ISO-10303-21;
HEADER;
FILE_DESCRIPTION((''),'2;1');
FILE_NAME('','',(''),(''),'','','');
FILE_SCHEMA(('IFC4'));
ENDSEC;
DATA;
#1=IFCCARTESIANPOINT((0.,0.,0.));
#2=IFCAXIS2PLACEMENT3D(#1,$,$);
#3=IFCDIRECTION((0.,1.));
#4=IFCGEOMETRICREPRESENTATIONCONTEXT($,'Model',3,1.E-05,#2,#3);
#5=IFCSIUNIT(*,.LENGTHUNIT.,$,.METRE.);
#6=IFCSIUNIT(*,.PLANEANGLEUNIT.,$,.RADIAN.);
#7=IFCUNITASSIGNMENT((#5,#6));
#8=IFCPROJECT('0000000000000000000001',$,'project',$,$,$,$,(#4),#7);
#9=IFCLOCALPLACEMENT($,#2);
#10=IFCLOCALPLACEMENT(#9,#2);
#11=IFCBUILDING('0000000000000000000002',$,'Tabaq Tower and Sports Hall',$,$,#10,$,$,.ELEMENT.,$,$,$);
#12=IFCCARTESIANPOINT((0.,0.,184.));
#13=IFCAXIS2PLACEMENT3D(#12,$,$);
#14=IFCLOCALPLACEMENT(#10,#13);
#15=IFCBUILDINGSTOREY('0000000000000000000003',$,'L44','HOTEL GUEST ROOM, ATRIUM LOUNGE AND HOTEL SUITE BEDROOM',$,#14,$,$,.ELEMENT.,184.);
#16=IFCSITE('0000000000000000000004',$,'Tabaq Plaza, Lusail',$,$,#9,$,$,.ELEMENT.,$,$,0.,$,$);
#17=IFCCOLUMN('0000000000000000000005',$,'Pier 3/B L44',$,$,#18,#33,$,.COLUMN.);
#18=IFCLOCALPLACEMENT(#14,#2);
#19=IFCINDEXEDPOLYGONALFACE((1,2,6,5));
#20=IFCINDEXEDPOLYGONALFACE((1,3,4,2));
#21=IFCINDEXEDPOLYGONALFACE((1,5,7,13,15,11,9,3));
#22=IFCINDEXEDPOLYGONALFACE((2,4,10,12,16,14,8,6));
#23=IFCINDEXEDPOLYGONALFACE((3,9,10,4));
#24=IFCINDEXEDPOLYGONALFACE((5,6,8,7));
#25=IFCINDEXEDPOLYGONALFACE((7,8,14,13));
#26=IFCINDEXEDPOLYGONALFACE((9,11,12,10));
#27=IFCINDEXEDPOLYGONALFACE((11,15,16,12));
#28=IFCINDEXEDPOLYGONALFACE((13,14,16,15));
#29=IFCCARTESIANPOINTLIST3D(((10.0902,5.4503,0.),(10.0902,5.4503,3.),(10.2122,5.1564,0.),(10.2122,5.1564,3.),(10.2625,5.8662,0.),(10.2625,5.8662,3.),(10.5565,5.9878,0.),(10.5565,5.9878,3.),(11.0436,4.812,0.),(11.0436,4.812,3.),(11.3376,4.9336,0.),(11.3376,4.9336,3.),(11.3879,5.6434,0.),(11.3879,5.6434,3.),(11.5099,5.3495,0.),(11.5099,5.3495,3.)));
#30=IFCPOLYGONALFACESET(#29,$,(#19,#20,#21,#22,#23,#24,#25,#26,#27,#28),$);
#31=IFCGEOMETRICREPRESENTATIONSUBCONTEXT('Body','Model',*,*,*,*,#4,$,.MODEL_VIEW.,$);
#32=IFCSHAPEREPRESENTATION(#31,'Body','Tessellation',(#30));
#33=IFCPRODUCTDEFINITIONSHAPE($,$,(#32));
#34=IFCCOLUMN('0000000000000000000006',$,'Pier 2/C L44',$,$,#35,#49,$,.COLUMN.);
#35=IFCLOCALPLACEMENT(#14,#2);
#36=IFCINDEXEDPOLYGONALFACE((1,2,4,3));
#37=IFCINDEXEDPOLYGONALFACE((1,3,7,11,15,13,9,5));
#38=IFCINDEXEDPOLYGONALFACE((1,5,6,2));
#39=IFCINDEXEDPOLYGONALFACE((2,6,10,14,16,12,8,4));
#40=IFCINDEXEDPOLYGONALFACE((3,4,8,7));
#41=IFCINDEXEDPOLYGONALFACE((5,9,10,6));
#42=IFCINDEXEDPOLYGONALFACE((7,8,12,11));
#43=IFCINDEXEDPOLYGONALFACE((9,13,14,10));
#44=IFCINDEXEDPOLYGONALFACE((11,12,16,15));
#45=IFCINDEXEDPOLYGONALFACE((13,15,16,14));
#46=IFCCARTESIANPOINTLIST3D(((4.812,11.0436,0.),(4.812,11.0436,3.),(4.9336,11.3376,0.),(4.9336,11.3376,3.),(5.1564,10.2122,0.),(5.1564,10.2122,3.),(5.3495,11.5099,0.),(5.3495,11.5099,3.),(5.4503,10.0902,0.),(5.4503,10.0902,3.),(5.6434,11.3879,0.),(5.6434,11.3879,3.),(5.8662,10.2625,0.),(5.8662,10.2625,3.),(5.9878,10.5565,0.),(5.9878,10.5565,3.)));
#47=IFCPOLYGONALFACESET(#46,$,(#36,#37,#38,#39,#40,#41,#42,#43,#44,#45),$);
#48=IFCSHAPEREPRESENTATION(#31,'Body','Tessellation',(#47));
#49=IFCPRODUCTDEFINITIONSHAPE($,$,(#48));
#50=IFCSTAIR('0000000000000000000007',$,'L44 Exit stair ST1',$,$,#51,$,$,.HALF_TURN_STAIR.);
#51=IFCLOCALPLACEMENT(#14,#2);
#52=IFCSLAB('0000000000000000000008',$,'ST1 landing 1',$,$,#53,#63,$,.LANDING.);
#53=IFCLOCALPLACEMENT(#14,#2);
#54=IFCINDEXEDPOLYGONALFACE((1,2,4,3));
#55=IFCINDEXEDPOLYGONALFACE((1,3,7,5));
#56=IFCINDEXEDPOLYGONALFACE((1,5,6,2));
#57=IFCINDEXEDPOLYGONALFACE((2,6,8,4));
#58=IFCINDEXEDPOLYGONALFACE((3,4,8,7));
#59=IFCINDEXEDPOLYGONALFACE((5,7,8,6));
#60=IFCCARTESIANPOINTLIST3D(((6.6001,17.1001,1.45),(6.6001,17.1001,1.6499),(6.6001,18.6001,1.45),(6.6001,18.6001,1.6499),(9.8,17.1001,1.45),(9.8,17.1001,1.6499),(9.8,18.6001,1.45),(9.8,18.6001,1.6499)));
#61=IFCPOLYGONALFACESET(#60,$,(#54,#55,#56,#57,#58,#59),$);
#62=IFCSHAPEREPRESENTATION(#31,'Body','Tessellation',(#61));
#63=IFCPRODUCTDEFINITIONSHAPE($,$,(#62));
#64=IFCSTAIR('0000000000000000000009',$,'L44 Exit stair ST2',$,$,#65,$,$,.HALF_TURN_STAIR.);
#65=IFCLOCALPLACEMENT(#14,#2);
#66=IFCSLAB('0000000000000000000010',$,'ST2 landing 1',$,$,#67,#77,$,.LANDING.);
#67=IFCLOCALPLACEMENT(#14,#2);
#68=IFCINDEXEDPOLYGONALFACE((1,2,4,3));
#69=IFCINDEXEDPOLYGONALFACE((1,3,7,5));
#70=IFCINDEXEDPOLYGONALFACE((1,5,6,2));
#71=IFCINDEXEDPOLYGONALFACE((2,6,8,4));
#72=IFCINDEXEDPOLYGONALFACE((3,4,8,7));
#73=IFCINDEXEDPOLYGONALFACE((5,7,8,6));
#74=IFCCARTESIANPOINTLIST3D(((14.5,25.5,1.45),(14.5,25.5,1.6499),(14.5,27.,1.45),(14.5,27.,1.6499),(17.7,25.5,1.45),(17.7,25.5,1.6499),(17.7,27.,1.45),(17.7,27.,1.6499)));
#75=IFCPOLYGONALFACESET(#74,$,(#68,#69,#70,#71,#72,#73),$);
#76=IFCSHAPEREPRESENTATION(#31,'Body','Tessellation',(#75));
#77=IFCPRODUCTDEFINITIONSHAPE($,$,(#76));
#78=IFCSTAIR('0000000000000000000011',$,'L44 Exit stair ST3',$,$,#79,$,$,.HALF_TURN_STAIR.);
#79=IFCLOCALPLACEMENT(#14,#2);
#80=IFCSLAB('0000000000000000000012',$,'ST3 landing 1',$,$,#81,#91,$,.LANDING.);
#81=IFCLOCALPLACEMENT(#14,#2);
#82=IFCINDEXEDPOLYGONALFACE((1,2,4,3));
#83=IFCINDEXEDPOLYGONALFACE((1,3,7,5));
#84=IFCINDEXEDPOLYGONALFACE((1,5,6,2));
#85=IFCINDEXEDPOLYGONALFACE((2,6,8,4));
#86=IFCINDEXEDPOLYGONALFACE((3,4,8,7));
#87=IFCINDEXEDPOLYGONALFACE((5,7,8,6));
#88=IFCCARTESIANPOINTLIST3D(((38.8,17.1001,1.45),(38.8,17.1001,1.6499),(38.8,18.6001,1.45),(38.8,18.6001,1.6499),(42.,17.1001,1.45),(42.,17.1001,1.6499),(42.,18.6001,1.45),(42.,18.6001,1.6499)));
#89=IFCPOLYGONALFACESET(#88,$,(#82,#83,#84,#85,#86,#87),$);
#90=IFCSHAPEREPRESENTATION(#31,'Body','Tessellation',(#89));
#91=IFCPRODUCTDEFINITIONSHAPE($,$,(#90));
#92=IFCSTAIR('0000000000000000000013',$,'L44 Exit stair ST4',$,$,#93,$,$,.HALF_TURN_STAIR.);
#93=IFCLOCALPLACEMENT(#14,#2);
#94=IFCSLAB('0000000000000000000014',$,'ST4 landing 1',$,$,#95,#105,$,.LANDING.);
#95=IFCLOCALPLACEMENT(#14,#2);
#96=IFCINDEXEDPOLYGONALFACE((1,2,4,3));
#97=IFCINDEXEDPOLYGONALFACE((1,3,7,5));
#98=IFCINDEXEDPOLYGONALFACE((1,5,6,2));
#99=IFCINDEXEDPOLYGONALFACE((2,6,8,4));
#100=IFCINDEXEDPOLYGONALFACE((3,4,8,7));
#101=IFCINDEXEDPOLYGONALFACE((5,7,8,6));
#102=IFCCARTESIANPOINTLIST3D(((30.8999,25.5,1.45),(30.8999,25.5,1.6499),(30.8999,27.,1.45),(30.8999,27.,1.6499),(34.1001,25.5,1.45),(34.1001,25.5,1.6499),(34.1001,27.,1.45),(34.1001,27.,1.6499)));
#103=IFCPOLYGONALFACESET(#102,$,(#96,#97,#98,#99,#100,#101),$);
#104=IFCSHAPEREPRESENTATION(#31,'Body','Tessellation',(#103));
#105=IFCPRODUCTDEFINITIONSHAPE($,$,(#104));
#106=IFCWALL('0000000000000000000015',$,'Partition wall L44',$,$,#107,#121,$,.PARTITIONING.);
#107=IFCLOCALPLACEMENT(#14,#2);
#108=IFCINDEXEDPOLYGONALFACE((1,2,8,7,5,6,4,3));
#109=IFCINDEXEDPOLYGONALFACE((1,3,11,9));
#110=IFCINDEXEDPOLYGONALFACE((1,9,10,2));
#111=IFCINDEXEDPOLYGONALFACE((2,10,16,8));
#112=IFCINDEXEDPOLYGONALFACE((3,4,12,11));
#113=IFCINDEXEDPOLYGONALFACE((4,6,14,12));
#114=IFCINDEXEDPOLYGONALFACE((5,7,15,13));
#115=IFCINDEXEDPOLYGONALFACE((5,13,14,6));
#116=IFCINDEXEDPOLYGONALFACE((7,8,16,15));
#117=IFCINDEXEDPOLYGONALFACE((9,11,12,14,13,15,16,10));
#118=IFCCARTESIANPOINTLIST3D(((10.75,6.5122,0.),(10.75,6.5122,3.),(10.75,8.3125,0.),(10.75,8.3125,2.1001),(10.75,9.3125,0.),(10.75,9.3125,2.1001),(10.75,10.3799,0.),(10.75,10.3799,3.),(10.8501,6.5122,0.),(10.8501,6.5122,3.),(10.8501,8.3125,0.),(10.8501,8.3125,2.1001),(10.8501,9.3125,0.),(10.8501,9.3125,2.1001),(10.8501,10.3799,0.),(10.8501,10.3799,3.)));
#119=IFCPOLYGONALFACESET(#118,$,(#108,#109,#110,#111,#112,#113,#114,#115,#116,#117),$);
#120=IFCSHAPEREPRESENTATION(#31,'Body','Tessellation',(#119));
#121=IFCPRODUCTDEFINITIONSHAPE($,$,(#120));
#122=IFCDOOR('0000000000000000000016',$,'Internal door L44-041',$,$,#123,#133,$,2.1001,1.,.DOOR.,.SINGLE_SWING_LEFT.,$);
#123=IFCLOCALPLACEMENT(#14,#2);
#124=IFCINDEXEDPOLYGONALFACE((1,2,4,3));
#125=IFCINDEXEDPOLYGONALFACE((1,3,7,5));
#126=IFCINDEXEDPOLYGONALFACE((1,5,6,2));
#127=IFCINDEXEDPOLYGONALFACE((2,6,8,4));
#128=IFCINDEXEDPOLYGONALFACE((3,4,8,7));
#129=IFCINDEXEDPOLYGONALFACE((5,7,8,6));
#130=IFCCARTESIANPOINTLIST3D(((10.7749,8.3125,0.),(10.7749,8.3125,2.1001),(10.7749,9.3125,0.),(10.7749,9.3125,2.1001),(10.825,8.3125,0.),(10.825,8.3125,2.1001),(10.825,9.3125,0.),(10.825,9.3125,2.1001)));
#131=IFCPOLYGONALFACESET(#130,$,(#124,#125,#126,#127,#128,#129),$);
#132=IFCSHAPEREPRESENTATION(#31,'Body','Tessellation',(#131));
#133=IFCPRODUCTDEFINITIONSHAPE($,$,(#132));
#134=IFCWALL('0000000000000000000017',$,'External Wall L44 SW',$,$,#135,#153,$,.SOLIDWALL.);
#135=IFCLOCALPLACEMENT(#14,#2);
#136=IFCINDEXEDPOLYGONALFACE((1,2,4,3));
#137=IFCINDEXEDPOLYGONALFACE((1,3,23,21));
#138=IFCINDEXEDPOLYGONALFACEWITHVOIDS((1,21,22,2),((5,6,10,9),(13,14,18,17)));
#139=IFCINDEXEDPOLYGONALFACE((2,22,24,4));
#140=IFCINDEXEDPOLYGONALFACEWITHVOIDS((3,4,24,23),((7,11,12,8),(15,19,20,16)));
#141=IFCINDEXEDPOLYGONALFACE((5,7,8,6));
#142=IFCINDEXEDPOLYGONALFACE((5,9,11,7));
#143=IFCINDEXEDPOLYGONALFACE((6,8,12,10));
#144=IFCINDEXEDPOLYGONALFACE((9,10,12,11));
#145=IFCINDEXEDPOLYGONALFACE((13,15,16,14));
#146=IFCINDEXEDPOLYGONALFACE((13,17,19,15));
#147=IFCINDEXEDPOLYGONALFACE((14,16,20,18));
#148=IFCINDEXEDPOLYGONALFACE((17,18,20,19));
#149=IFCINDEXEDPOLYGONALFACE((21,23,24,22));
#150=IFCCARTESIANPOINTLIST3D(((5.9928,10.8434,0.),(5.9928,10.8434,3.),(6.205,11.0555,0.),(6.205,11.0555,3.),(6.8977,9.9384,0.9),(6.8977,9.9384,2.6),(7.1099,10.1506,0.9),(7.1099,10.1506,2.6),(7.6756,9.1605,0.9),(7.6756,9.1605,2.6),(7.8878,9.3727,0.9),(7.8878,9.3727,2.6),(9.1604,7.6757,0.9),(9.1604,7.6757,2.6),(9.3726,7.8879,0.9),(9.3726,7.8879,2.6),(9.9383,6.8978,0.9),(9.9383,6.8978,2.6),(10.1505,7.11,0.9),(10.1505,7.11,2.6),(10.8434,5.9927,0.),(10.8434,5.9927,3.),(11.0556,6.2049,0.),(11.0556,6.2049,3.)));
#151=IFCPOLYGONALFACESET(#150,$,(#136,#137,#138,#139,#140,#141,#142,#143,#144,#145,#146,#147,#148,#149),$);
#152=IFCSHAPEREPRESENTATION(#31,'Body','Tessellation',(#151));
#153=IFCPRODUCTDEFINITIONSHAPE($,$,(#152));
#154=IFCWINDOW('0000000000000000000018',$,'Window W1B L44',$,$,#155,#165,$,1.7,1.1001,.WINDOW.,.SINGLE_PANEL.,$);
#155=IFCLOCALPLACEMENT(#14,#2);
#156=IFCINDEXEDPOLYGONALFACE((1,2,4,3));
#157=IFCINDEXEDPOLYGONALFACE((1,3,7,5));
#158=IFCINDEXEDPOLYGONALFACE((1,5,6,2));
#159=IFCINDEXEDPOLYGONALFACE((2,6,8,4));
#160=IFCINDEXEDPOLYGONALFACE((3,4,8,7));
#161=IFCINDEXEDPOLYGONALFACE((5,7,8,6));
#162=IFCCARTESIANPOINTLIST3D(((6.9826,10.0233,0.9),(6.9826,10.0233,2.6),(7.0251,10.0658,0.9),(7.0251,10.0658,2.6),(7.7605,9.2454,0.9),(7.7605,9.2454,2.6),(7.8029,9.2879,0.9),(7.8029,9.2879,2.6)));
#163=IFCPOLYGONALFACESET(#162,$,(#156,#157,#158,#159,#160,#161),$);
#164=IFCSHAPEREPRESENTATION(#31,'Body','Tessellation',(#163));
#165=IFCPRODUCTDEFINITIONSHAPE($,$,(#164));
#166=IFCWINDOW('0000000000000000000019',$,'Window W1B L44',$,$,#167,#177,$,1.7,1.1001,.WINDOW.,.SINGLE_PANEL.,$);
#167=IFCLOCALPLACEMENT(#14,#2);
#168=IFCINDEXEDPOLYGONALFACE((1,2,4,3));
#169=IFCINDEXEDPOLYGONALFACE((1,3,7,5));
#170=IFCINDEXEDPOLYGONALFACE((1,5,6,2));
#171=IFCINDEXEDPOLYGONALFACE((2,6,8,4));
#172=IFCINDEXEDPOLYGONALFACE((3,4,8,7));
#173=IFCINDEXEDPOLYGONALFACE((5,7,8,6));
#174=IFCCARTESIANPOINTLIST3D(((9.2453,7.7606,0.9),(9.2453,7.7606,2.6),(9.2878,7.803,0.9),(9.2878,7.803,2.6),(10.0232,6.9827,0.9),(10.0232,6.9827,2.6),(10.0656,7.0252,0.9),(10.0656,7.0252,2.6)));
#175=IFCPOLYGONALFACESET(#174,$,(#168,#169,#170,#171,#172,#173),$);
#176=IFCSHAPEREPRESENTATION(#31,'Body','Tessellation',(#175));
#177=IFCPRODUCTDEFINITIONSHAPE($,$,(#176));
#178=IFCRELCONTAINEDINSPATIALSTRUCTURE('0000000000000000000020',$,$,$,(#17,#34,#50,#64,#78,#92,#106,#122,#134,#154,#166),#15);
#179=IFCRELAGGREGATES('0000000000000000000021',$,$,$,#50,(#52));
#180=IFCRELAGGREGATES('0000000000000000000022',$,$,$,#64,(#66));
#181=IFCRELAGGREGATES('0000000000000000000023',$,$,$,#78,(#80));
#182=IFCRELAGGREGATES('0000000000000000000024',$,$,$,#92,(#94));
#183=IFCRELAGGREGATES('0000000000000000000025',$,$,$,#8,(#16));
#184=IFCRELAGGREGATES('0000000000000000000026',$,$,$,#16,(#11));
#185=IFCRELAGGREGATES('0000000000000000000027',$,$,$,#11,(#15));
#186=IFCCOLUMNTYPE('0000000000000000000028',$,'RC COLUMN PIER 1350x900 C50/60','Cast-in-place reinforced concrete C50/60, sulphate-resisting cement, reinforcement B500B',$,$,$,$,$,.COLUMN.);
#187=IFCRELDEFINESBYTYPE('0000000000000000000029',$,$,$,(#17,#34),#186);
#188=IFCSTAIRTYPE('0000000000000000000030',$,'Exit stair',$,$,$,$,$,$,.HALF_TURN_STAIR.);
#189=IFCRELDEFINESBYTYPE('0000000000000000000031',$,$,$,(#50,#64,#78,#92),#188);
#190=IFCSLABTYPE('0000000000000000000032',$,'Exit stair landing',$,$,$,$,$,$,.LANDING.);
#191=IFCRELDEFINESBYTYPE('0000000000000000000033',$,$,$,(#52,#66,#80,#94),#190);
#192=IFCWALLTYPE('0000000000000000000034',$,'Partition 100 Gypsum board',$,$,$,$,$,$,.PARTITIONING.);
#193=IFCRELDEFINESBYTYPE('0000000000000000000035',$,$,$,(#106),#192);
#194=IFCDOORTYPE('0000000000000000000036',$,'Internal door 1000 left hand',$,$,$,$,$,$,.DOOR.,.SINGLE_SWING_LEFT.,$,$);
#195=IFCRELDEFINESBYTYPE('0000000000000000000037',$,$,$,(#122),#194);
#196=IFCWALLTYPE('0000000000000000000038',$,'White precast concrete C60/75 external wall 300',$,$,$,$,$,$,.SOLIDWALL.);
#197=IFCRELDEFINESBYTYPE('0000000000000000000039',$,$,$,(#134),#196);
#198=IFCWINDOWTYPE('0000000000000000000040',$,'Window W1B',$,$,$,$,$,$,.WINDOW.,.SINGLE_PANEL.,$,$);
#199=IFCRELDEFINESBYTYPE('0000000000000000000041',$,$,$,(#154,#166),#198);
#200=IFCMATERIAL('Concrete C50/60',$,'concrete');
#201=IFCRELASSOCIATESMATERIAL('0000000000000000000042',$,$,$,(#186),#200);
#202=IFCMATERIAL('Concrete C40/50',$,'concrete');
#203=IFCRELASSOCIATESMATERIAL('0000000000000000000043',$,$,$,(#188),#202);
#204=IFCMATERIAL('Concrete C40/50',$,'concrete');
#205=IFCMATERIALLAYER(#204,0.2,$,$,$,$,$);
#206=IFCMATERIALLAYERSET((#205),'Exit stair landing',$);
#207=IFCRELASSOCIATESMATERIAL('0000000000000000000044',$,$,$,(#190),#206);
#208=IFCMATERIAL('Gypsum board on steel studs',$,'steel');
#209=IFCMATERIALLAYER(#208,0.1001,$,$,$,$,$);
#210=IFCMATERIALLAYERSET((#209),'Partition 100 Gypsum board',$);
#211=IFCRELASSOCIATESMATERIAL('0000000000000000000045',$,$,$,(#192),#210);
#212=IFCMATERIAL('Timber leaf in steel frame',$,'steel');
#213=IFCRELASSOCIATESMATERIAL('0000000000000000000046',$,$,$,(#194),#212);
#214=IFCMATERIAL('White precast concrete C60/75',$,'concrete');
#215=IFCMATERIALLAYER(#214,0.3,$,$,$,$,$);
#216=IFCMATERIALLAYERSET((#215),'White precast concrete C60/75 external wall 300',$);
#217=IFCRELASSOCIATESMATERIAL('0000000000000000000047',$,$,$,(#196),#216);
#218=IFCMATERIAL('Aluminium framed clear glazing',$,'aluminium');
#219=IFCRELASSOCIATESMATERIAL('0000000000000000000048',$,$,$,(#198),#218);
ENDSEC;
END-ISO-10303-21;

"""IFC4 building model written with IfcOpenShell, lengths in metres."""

from ifc_helpers import new_model, si_unit, direction, frame, frame_2d, origin, place, context, subcontext, project, spatial, polyline, rectangle, outline, extrude, material, layer, layer_set, material_profile, profile_set, type_object, element, fill, aggregate, save


model = new_model("IFC4")

# Units and contexts
model_context = context("Model", 3, precision=1e-05, world=origin(), true_north=direction((0.0, 1.0)))
body_context = subcontext(model_context, "Body", "Model", "MODEL_VIEW")
ifc_project = project(units=[si_unit("LENGTHUNIT", "METRE"), si_unit("PLANEANGLEUNIT", "RADIAN")], contexts=[model_context])

# Site, building, storey
site_placement = place(None, origin())
site = spatial("IfcSite", under=ifc_project, at=site_placement, Name="Tabaq Plaza, Lusail", CompositionType="ELEMENT", RefElevation=0.0)
building_placement = place(site_placement, origin())
building = spatial("IfcBuilding", under=site, at=building_placement, Name="Tabaq Tower and Sports Hall", CompositionType="ELEMENT")
storey_placement = place(building_placement, frame((0.0, 0.0, 184.0)))
storey = spatial("IfcBuildingStorey", under=building, at=storey_placement, Name="L44", Description="HOTEL GUEST ROOM, ATRIUM LOUNGE AND HOTEL SUITE BEDROOM", CompositionType="ELEMENT", Elevation=184.0)

# Columns
ifc_material_1 = material(Name="Concrete C50/60", Category="concrete")
ifc_material_profile = material_profile(ifc_material_1, outline(polyline([(-0.45, -0.45), (0.45, -0.45), (0.675, -0.2251), (0.675, 0.2251), (0.45, 0.45), (-0.45, 0.45), (-0.675, 0.2251), (-0.675, -0.2251), (-0.45, -0.45)])), Name="PIER 1350x900")
ifc_profile_set = profile_set([ifc_material_profile], Name="Concrete C50/60")
column_type = type_object("IfcColumnType", Name="RC COLUMN PIER 1350x900 C50/60", Description="Cast-in-place reinforced concrete C50/60, sulphate-resisting cement, reinforcement B500B", PredefinedType="COLUMN", material=ifc_profile_set)
for number, where, z_axis, x_axis, name in (
    (1, (10.8, 5.3999, 0.0), (0.0, 0.0, 1.0), (-0.92388, 0.382683, 0.0), "Pier 3/B L44"),
    (2, (5.3999, 10.8, 0.0), (0.0, 0.0, 1.0), (-0.382683, 0.92388, 0.0), "Pier 2/C L44"),
):
    element("IfcColumn", number, at=place(storey_placement, frame(where, z_axis=z_axis, x_axis=x_axis)), inside=storey, type_object=column_type, Name=name, PredefinedType="COLUMN", context=body_context, shape_type="SweptSolid", body=[
        extrude(outline(polyline([(-0.45, -0.45), (0.45, -0.45), (0.675, -0.2251), (0.675, 0.2251), (0.45, 0.45), (-0.45, 0.45), (-0.675, 0.2251), (-0.675, -0.2251), (-0.45, -0.45)])), origin(), (0.0, 0.0, 1.0), 3.0),
    ])

# Stairs, slabs
ifc_material_2 = material(Name="Concrete C40/50", Category="concrete")
stair_type = type_object("IfcStairType", Name="Exit stair", PredefinedType="HALF_TURN_STAIR", material=ifc_material_2)
stair_1_placement = place(storey_placement, origin())
stair_1 = element("IfcStair", 3, at=stair_1_placement, inside=storey, type_object=stair_type, Name="L44 Exit stair ST1", PredefinedType="HALF_TURN_STAIR")
ifc_material_3 = material(Name="Concrete C40/50", Category="concrete")
ifc_layer_1 = layer(ifc_material_3, 0.2)
ifc_layer_set_1 = layer_set([ifc_layer_1], Name="Exit stair landing")
slab_type = type_object("IfcSlabType", Name="Exit stair landing", PredefinedType="LANDING", material=ifc_layer_set_1)
slab_1_placement = place(storey_placement, frame((0.0, 0.0, 1.45)))
slab_1 = element("IfcSlab", 4, at=slab_1_placement, type_object=slab_type, Name="ST1 landing 1", PredefinedType="LANDING", context=body_context, shape_type="SweptSolid", body=[
    extrude(outline(polyline([(6.6001, 18.6001), (6.6001, 17.1001), (9.8, 17.1001), (9.8, 18.6001), (6.6001, 18.6001)])), origin(), (0.0, 0.0, 1.0), 0.2),
])
aggregate(stair_1, [slab_1])
stair_2_placement = place(storey_placement, origin())
stair_2 = element("IfcStair", 5, at=stair_2_placement, inside=storey, type_object=stair_type, Name="L44 Exit stair ST2", PredefinedType="HALF_TURN_STAIR")
slab_2_placement = place(storey_placement, frame((0.0, 0.0, 1.45)))
slab_2 = element("IfcSlab", 6, at=slab_2_placement, type_object=slab_type, Name="ST2 landing 1", PredefinedType="LANDING", context=body_context, shape_type="SweptSolid", body=[
    extrude(outline(polyline([(14.5, 27.0), (14.5, 25.5), (17.7, 25.5), (17.7, 27.0), (14.5, 27.0)])), origin(), (0.0, 0.0, 1.0), 0.2),
])
aggregate(stair_2, [slab_2])
stair_3_placement = place(storey_placement, origin())
stair_3 = element("IfcStair", 7, at=stair_3_placement, inside=storey, type_object=stair_type, Name="L44 Exit stair ST3", PredefinedType="HALF_TURN_STAIR")
slab_3_placement = place(storey_placement, frame((0.0, 0.0, 1.45)))
slab_3 = element("IfcSlab", 8, at=slab_3_placement, type_object=slab_type, Name="ST3 landing 1", PredefinedType="LANDING", context=body_context, shape_type="SweptSolid", body=[
    extrude(outline(polyline([(38.8, 18.6001), (38.8, 17.1001), (42.0, 17.1001), (42.0, 18.6001), (38.8, 18.6001)])), origin(), (0.0, 0.0, 1.0), 0.2),
])
aggregate(stair_3, [slab_3])
stair_4_placement = place(storey_placement, origin())
stair_4 = element("IfcStair", 9, at=stair_4_placement, inside=storey, type_object=stair_type, Name="L44 Exit stair ST4", PredefinedType="HALF_TURN_STAIR")
slab_4_placement = place(storey_placement, frame((0.0, 0.0, 1.45)))
slab_4 = element("IfcSlab", 10, at=slab_4_placement, type_object=slab_type, Name="ST4 landing 1", PredefinedType="LANDING", context=body_context, shape_type="SweptSolid", body=[
    extrude(outline(polyline([(30.8999, 27.0), (30.8999, 25.5), (34.1001, 25.5), (34.1001, 27.0), (30.8999, 27.0)])), origin(), (0.0, 0.0, 1.0), 0.2),
])
aggregate(stair_4, [slab_4])

# Wall, opening, door
ifc_material_4 = material(Name="Gypsum board on steel studs", Category="steel")
ifc_layer_2 = layer(ifc_material_4, 0.1001)
ifc_layer_set_2 = layer_set([ifc_layer_2], Name="Partition 100 Gypsum board")
wall_type_1 = type_object("IfcWallType", Name="Partition 100 Gypsum board", PredefinedType="PARTITIONING", material=ifc_layer_set_2)
wall_1_placement = place(storey_placement, frame((10.8, 10.3799, 0.0), z_axis=(0.0, 0.0, 1.0), x_axis=(0.0, -1.0, 0.0)))
wall_1 = element("IfcWall", 11, at=wall_1_placement, inside=storey, type_object=wall_type_1, Name="Partition wall L44", PredefinedType="PARTITIONING", context=body_context, shape_type="SweptSolid", body=[
    extrude(rectangle(XDim=3.8677, YDim=0.1001, at=frame_2d((1.9338, 0.0))), origin(), (0.0, 0.0, 1.0), 3.0),
])
opening_1_placement = place(wall_1_placement, frame((1.0674, 0.0, 0.0)))
opening_1 = element("IfcOpeningElement", 12, at=opening_1_placement, cuts=wall_1, PredefinedType="OPENING", context=body_context, shape_type="SweptSolid", body=[
    extrude(rectangle(XDim=1.0, YDim=2.1001, at=frame_2d((0.5, 1.05))), frame((0.0, 0.05, 0.0), z_axis=(0.0, -1.0, 0.0), x_axis=(1.0, 0.0, 0.0)), (0.0, 0.0, 1.0), 0.1001),
])
ifc_material_5 = material(Name="Timber leaf in steel frame", Category="steel")
door_type = type_object("IfcDoorType", Name="Internal door 1000 left hand", OperationType="SINGLE_SWING_LEFT", PredefinedType="DOOR", material=ifc_material_5)
door_placement = place(opening_1_placement, origin())
door = element("IfcDoor", 13, at=door_placement, inside=storey, type_object=door_type, Name="Internal door L44-041", OperationType="SINGLE_SWING_LEFT", OverallHeight=2.1001, OverallWidth=1.0, PredefinedType="DOOR", context=body_context, shape_type="SweptSolid", body=[
    extrude(rectangle(XDim=1.0, YDim=2.1001, at=frame_2d((0.5, 1.05))), frame((0.0, 0.0249, 0.0), z_axis=(0.0, -1.0, 0.0), x_axis=(1.0, 0.0, 0.0)), (0.0, 0.0, 1.0), 0.05),
])
fill(opening_1, door)

# Wall, openings, windows
ifc_material_6 = material(Name="White precast concrete C60/75", Category="concrete")
ifc_layer_3 = layer(ifc_material_6, 0.3)
ifc_layer_set_3 = layer_set([ifc_layer_3], Name="White precast concrete C60/75 external wall 300")
wall_type_2 = type_object("IfcWallType", Name="White precast concrete C60/75 external wall 300", PredefinedType="SOLIDWALL", material=ifc_layer_set_3)
wall_2_placement = place(storey_placement, frame((6.0989, 10.9495, 0.0), z_axis=(0.0, 0.0, 1.0), x_axis=(0.707107, -0.707107, 0.0)))
wall_2 = element("IfcWall", 14, at=wall_2_placement, inside=storey, type_object=wall_type_2, Name="External Wall L44 SW", PredefinedType="SOLIDWALL", context=body_context, shape_type="SweptSolid", body=[
    extrude(rectangle(XDim=6.8599, YDim=0.3, at=frame_2d((3.4299, 0.0))), origin(), (0.0, 0.0, 1.0), 3.0),
])
opening_2_placement = place(wall_2_placement, frame((1.2798, 0.0, 0.8999)))
opening_2 = element("IfcOpeningElement", 15, at=opening_2_placement, cuts=wall_2, PredefinedType="OPENING", context=body_context, shape_type="SweptSolid", body=[
    extrude(rectangle(XDim=1.1001, YDim=1.7, at=frame_2d((0.55, 0.8501))), frame((0.0, 0.1602, 0.0), z_axis=(0.0, -1.0, 0.0), x_axis=(1.0, 0.0, 0.0)), (0.0, 0.0, 1.0), 0.3201),
])
opening_3_placement = place(wall_2_placement, frame((4.4797, 0.0, 0.8999)))
opening_3 = element("IfcOpeningElement", 16, at=opening_3_placement, cuts=wall_2, PredefinedType="OPENING", context=body_context, shape_type="SweptSolid", body=[
    extrude(rectangle(XDim=1.1001, YDim=1.7, at=frame_2d((0.55, 0.8501))), frame((0.0, 0.1602, 0.0), z_axis=(0.0, -1.0, 0.0), x_axis=(1.0, 0.0, 0.0)), (0.0, 0.0, 1.0), 0.3201),
])
ifc_material_7 = material(Name="Aluminium framed clear glazing", Category="aluminium")
window_type = type_object("IfcWindowType", Name="Window W1B", PartitioningType="SINGLE_PANEL", PredefinedType="WINDOW", material=ifc_material_7)
window_1_placement = place(opening_2_placement, origin())
window_1 = element("IfcWindow", 17, at=window_1_placement, inside=storey, type_object=window_type, Name="Window W1B L44", OverallHeight=1.7, OverallWidth=1.1001, PartitioningType="SINGLE_PANEL", PredefinedType="WINDOW", context=body_context, shape_type="SweptSolid", body=[
    extrude(rectangle(XDim=1.1001, YDim=1.7, at=frame_2d((0.55, 0.8501))), frame((0.0, 0.03, 0.0), z_axis=(0.0, -1.0, 0.0), x_axis=(1.0, 0.0, 0.0)), (0.0, 0.0, 1.0), 0.0601),
])
fill(opening_2, window_1)
window_2_placement = place(opening_3_placement, origin())
window_2 = element("IfcWindow", 18, at=window_2_placement, inside=storey, type_object=window_type, Name="Window W1B L44", OverallHeight=1.7, OverallWidth=1.1001, PartitioningType="SINGLE_PANEL", PredefinedType="WINDOW", context=body_context, shape_type="SweptSolid", body=[
    extrude(rectangle(XDim=1.1001, YDim=1.7, at=frame_2d((0.55, 0.8501))), frame((0.0, 0.03, 0.0), z_axis=(0.0, -1.0, 0.0), x_axis=(1.0, 0.0, 0.0)), (0.0, 0.0, 1.0), 0.0601),
])
fill(opening_3, window_2)

save(model, "model.ifc")
